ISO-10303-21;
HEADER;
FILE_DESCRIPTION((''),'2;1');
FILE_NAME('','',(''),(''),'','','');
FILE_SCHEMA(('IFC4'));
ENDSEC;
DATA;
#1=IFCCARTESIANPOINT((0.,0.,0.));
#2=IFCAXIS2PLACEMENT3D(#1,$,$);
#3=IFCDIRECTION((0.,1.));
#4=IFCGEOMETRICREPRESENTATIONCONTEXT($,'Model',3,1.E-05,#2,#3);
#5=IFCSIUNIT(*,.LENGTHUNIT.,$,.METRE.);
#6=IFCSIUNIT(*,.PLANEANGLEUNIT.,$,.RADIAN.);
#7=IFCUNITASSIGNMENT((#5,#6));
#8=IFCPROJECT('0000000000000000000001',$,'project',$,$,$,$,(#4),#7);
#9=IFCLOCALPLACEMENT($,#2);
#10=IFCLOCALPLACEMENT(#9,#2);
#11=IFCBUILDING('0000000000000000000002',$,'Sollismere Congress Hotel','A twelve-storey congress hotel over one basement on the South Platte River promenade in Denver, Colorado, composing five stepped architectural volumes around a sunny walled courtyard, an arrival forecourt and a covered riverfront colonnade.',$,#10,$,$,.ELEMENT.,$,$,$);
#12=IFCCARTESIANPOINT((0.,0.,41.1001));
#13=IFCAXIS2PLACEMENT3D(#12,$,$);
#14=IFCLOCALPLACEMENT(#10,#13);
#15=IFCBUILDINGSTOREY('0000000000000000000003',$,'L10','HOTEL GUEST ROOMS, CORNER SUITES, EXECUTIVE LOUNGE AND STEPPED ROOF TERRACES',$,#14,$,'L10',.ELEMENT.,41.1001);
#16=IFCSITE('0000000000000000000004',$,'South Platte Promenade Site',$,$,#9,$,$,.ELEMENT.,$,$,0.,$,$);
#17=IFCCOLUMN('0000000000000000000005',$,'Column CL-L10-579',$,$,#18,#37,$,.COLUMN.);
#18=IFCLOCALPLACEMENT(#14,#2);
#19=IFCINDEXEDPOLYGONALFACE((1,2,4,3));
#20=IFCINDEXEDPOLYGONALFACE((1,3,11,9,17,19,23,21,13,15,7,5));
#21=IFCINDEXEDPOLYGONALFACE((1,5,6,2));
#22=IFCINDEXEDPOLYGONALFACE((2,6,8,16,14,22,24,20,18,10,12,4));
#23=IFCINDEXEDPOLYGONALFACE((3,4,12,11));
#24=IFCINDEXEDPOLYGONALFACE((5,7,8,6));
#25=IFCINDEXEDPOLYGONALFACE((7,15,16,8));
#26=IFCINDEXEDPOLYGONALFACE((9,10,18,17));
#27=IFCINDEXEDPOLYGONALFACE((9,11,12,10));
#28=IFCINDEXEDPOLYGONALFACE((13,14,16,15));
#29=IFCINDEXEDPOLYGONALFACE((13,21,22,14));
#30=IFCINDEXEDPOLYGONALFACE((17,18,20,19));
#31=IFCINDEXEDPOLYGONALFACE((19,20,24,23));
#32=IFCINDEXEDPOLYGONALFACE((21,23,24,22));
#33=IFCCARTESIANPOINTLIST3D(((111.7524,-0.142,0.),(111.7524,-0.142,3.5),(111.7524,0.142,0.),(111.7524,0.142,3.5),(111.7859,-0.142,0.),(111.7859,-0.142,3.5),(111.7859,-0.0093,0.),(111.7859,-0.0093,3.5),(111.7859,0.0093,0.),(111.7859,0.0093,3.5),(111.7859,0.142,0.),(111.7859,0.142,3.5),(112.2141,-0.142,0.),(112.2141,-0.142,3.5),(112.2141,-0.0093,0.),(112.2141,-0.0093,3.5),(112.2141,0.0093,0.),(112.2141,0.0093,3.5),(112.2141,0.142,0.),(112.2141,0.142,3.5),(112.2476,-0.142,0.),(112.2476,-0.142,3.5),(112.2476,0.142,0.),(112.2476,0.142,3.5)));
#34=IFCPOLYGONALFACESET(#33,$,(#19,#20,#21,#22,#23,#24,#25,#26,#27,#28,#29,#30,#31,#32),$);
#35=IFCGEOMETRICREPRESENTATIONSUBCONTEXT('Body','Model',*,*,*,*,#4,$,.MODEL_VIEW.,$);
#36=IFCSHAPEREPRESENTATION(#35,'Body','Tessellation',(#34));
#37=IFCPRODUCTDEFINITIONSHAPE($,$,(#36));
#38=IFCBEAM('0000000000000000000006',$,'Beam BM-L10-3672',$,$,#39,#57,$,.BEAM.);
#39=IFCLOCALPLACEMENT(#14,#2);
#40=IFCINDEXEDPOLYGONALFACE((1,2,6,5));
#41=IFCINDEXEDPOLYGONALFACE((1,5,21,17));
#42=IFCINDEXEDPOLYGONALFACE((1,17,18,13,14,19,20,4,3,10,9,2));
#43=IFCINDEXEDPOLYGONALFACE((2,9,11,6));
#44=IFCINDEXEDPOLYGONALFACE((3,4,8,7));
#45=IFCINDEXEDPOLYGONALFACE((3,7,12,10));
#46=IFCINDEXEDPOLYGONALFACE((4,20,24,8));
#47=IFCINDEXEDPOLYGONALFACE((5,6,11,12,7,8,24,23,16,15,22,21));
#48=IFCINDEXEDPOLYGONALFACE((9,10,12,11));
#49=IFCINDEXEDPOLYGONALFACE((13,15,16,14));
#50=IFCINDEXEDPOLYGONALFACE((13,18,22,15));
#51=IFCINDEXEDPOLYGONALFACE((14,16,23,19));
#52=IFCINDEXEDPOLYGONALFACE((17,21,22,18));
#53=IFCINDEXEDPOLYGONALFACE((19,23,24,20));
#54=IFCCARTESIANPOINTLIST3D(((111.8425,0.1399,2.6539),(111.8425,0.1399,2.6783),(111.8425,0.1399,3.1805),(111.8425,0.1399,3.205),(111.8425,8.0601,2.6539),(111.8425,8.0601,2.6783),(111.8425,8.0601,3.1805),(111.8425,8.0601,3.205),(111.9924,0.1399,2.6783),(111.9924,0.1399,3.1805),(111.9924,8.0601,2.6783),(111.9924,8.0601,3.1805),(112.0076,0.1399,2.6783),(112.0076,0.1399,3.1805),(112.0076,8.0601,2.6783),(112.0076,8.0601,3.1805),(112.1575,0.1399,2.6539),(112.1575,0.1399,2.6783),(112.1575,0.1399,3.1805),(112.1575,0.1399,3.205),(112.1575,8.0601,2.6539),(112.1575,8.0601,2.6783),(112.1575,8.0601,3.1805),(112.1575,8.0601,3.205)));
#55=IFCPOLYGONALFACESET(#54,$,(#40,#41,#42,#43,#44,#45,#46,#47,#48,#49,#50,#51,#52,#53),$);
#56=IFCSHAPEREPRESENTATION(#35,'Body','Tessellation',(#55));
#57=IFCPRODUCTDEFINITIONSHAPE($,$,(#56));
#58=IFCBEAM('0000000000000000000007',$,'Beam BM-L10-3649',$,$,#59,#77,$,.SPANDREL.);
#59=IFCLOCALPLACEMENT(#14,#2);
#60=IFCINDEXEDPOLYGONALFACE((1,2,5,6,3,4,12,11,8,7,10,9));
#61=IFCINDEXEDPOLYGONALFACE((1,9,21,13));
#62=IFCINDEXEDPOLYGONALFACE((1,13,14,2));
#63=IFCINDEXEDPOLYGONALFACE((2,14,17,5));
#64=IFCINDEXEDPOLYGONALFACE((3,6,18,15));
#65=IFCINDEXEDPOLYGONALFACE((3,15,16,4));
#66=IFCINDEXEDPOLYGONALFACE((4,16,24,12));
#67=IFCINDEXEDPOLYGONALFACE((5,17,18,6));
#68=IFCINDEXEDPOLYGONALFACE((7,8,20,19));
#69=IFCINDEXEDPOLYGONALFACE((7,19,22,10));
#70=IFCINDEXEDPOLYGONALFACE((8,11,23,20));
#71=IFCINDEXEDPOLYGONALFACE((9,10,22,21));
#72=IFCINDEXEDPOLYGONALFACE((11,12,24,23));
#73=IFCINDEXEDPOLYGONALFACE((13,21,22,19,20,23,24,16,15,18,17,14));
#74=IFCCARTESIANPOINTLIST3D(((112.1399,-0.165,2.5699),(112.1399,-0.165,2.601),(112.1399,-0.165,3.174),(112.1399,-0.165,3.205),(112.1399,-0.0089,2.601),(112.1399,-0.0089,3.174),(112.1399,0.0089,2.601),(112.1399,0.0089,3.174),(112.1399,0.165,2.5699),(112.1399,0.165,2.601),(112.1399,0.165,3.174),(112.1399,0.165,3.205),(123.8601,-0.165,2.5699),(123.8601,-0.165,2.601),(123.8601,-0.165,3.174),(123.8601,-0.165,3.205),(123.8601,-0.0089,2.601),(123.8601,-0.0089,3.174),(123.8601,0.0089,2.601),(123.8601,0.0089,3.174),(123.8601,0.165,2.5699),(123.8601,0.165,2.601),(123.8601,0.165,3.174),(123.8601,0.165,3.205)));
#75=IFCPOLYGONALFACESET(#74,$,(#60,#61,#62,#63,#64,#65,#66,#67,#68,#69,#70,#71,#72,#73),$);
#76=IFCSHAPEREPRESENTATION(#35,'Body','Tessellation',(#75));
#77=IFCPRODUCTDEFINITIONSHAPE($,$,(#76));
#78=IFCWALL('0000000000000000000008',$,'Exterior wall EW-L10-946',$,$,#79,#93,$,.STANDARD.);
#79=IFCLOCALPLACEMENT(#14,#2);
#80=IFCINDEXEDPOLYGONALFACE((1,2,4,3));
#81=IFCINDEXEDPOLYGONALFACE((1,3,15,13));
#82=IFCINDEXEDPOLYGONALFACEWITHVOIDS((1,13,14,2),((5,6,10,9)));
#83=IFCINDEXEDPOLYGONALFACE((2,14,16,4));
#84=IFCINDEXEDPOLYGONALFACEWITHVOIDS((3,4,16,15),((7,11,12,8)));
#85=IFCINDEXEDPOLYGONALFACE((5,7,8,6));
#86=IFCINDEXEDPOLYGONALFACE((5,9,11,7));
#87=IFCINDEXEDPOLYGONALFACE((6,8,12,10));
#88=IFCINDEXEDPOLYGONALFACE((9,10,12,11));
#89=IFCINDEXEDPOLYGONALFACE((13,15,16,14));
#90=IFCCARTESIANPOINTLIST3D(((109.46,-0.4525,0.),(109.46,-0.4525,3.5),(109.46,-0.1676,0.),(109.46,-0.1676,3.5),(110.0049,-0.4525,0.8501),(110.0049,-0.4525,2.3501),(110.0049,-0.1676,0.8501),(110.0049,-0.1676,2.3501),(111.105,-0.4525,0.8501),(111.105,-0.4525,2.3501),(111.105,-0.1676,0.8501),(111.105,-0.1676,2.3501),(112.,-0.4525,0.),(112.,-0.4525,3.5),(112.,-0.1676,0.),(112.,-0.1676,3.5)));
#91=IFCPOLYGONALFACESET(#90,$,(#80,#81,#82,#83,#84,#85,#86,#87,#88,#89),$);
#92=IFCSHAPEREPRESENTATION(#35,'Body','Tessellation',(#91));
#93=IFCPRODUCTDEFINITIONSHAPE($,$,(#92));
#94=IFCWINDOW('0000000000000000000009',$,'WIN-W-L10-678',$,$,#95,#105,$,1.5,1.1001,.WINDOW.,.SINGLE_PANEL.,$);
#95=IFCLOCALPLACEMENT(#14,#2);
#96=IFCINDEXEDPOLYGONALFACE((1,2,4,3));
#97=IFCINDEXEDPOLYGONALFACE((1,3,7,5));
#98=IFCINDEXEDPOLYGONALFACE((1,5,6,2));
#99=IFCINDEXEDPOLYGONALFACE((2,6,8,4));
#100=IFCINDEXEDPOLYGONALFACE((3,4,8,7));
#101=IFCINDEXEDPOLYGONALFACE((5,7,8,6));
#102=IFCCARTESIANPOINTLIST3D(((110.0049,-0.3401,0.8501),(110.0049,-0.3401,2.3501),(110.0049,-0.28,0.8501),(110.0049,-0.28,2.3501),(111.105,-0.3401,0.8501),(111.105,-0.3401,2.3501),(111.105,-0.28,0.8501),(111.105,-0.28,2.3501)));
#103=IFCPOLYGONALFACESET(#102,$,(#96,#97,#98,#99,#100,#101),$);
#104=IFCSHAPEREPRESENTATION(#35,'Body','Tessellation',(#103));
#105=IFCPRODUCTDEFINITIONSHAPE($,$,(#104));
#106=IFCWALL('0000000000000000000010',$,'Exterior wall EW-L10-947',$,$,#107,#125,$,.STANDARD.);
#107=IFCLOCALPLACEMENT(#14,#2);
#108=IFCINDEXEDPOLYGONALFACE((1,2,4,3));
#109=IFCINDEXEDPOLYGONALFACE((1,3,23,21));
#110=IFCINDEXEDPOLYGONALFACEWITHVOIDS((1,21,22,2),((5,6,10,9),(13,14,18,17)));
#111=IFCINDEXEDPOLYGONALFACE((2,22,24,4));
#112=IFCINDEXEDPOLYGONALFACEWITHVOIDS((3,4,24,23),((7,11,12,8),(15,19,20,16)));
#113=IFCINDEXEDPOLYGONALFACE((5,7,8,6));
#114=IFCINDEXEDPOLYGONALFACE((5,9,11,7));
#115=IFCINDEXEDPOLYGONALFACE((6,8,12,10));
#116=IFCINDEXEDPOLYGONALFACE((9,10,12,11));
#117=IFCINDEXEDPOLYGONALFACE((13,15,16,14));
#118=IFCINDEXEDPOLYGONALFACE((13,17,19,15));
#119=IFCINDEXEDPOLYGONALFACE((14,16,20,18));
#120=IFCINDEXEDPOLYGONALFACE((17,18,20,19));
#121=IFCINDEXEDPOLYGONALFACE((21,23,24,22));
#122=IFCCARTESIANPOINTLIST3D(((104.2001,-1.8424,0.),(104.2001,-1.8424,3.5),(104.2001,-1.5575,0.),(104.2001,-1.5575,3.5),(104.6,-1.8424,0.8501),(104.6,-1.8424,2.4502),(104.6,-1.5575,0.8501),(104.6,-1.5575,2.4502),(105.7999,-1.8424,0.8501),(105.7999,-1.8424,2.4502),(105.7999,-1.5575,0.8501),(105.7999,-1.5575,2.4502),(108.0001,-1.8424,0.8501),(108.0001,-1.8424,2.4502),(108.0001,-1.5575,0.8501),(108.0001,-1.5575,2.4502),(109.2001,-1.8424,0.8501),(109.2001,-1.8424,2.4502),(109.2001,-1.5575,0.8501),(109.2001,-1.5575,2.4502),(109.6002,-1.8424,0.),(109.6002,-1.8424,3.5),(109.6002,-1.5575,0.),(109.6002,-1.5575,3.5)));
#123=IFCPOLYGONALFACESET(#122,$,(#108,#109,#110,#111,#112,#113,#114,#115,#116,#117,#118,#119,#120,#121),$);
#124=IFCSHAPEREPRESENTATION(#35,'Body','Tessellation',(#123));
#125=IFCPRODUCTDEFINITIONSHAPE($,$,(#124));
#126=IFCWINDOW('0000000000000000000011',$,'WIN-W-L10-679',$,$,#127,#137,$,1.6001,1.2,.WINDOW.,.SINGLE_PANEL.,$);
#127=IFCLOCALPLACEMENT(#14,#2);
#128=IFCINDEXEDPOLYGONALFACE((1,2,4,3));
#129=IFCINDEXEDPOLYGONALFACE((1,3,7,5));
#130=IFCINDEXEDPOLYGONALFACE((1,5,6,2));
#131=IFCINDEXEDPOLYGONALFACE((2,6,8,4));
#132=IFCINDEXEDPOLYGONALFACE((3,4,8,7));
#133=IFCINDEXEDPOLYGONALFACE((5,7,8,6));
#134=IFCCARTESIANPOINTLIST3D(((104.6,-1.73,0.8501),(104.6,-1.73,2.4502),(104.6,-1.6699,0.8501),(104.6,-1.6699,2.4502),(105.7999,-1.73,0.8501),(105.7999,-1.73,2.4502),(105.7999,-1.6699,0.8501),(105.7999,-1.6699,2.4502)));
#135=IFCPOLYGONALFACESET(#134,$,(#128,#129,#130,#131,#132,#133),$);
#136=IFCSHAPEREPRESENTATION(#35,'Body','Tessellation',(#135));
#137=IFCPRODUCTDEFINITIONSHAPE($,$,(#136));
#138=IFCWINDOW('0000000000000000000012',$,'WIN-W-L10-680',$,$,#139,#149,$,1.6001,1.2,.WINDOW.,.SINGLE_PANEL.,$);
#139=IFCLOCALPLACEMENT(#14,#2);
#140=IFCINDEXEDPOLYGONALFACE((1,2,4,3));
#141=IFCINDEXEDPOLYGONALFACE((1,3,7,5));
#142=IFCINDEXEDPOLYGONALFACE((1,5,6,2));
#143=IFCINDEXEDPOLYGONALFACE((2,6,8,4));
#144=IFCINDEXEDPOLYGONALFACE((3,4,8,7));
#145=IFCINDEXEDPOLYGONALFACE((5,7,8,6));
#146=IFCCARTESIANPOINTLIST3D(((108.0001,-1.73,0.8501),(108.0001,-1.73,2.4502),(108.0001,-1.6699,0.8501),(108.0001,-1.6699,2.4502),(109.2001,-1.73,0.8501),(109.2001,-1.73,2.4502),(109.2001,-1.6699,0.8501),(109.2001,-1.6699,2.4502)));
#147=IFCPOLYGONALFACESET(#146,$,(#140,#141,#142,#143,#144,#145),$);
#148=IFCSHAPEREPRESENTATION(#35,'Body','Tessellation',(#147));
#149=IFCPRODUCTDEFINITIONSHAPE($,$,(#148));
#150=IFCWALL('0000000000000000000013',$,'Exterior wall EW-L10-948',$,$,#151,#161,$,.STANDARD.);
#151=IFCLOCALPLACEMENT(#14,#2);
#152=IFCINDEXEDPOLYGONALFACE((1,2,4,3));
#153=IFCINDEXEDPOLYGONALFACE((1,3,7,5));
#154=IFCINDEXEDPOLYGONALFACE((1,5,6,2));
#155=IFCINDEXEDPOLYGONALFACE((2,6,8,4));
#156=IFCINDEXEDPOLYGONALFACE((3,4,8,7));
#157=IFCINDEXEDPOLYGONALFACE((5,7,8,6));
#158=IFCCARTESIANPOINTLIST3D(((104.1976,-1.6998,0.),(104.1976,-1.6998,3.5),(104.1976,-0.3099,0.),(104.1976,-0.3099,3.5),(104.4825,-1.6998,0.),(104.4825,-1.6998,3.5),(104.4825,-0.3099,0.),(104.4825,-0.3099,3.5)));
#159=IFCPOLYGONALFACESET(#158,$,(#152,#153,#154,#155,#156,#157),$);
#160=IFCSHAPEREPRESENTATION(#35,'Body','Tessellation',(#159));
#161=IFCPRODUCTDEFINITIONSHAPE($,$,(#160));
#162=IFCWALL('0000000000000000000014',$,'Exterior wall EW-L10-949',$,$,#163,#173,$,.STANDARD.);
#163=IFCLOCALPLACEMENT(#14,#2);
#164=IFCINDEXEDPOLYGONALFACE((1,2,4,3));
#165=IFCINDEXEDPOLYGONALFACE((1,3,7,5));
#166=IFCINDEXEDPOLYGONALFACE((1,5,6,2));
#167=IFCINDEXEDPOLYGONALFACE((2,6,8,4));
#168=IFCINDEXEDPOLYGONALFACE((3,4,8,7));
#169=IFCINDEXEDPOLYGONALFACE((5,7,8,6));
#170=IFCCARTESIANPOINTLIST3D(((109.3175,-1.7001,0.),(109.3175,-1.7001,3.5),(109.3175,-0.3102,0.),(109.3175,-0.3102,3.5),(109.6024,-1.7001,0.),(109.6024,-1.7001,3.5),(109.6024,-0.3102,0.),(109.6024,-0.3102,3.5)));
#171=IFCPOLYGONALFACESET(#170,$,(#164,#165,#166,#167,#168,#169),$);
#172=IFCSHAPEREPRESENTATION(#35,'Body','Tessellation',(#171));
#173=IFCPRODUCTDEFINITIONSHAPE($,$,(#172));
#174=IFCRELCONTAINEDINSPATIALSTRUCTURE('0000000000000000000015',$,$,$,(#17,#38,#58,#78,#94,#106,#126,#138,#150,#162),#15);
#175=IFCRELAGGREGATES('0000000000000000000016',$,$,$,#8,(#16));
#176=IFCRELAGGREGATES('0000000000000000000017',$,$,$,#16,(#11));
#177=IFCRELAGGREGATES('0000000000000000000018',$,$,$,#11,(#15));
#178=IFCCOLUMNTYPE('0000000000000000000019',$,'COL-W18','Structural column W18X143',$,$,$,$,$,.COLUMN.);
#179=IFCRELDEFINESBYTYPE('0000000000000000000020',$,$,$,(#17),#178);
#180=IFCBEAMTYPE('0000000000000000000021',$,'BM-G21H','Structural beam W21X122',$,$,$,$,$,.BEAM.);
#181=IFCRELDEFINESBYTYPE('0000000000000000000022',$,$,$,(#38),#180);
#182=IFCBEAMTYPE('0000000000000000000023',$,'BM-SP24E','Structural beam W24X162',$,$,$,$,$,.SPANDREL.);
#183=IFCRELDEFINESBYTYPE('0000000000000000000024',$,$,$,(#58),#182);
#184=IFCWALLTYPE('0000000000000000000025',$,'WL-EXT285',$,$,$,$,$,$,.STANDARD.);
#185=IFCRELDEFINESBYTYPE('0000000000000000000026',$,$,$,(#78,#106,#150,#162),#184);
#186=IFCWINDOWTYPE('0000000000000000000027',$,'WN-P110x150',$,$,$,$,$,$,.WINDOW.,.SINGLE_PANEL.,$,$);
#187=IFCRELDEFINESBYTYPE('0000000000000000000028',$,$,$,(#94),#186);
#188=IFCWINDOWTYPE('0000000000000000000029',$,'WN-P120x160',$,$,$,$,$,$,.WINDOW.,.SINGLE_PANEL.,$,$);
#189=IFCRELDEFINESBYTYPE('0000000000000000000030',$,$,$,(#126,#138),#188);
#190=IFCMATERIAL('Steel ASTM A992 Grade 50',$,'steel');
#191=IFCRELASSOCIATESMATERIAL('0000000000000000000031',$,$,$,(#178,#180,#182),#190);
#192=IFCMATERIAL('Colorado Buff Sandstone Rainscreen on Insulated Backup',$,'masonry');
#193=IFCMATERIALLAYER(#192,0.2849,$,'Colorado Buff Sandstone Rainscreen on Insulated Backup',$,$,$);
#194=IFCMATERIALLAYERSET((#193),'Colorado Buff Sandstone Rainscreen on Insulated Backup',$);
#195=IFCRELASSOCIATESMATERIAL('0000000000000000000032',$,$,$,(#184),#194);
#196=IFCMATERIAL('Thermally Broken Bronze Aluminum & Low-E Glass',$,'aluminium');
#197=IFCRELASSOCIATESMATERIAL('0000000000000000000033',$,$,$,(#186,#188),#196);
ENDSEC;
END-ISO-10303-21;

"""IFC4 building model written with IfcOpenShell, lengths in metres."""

from ifc_helpers import new_model, si_unit, direction, frame, frame_2d, origin, origin_2d, place, context, subcontext, project, spatial, rectangle, i_section, extrude, material, layer, layer_set, material_profile, profile_set, type_object, element, fill, save


model = new_model("IFC4")

# Units and contexts
model_context = context("Model", 3, precision=1e-05, world=origin(), true_north=direction((0.0, 1.0)))
body_context = subcontext(model_context, "Body", "Model", "MODEL_VIEW")
ifc_project = project(units=[si_unit("LENGTHUNIT", "METRE"), si_unit("PLANEANGLEUNIT", "RADIAN")], contexts=[model_context])

# Site, building, storey
site_placement = place(None, origin())
site = spatial("IfcSite", under=ifc_project, at=site_placement, Name="South Platte Promenade Site", CompositionType="ELEMENT", RefElevation=0.0)
building_placement = place(site_placement, origin())
building = spatial("IfcBuilding", under=site, at=building_placement, Name="Sollismere Congress Hotel", Description="A twelve-storey congress hotel over one basement on the South Platte River promenade in Denver, Colorado, composing five stepped architectural volumes around a sunny walled courtyard, an arrival forecourt and a covered riverfront colonnade.", CompositionType="ELEMENT")
storey_placement = place(building_placement, frame((0.0, 0.0, 41.1001)))
storey = spatial("IfcBuildingStorey", under=building, at=storey_placement, Name="L10", Description="HOTEL GUEST ROOMS, CORNER SUITES, EXECUTIVE LOUNGE AND STEPPED ROOF TERRACES", LongName="L10", CompositionType="ELEMENT", Elevation=41.1001)

# Column
ifc_material_1 = material(Name="Steel ASTM A992 Grade 50", Category="steel")
ifc_material_profile_1 = material_profile(ifc_material_1, i_section(OverallWidth=0.2839, OverallDepth=0.4951, WebThickness=0.0186, FlangeThickness=0.0334, at=origin_2d()), Name="W18X143")
ifc_profile_set_1 = profile_set([ifc_material_profile_1], Name="Steel ASTM A992 Grade 50")
column_type = type_object("IfcColumnType", Name="COL-W18", Description="Structural column W18X143", PredefinedType="COLUMN", material=ifc_profile_set_1)
column_placement = place(storey_placement, frame((112.0, 0.0, 0.0), z_axis=(0.0, 0.0, 1.0), x_axis=(0.0, 1.0, 0.0)))
element("IfcColumn", 1, at=column_placement, inside=storey, type_object=column_type, Name="Column CL-L10-579", PredefinedType="COLUMN", context=body_context, shape_type="SweptSolid", body=[
    extrude(i_section(OverallWidth=0.2839, OverallDepth=0.4951, WebThickness=0.0186, FlangeThickness=0.0334, at=origin_2d()), origin(), (0.0, 0.0, 1.0), 3.5),
])

# Beams
ifc_material_profile_2 = material_profile(ifc_material_1, i_section(OverallWidth=0.3149, OverallDepth=0.551, WebThickness=0.0151, FlangeThickness=0.0244, at=origin_2d()), Name="W21X122")
ifc_profile_set_2 = profile_set([ifc_material_profile_2], Name="Steel ASTM A992 Grade 50")
beam_type_1 = type_object("IfcBeamType", Name="BM-G21H", Description="Structural beam W21X122", PredefinedType="BEAM", material=ifc_profile_set_2)
beam_1_placement = place(storey_placement, frame((112.0, 0.1399, 2.9294), z_axis=(0.0, 1.0, 0.0), x_axis=(-1.0, 0.0, 0.0)))
element("IfcBeam", 2, at=beam_1_placement, inside=storey, type_object=beam_type_1, Name="Beam BM-L10-3672", PredefinedType="BEAM", context=body_context, shape_type="SweptSolid", body=[
    extrude(i_section(OverallWidth=0.3149, OverallDepth=0.551, WebThickness=0.0151, FlangeThickness=0.0244, at=origin_2d()), origin(), (0.0, 0.0, 1.0), 7.9202),
])
ifc_material_profile_3 = material_profile(ifc_material_1, i_section(OverallWidth=0.3301, OverallDepth=0.635, WebThickness=0.0178, FlangeThickness=0.031, at=origin_2d()), Name="W24X162")
ifc_profile_set_3 = profile_set([ifc_material_profile_3], Name="Steel ASTM A992 Grade 50")
beam_type_2 = type_object("IfcBeamType", Name="BM-SP24E", Description="Structural beam W24X162", PredefinedType="SPANDREL", material=ifc_profile_set_3)
beam_2_placement = place(storey_placement, frame((112.1399, 0.0, 2.8875), z_axis=(1.0, 0.0, 0.0), x_axis=(0.0, 1.0, 0.0)))
element("IfcBeam", 3, at=beam_2_placement, inside=storey, type_object=beam_type_2, Name="Beam BM-L10-3649", PredefinedType="SPANDREL", context=body_context, shape_type="SweptSolid", body=[
    extrude(i_section(OverallWidth=0.3301, OverallDepth=0.635, WebThickness=0.0178, FlangeThickness=0.031, at=origin_2d()), origin(), (0.0, 0.0, 1.0), 11.7202),
])

# Wall, opening, window
ifc_material_2 = material(Name="Colorado Buff Sandstone Rainscreen on Insulated Backup", Category="masonry")
ifc_layer_1 = layer(ifc_material_2, 0.2849, Name="Colorado Buff Sandstone Rainscreen on Insulated Backup")
ifc_layer_set_1 = layer_set([ifc_layer_1], Name="Colorado Buff Sandstone Rainscreen on Insulated Backup")
wall_type_1 = type_object("IfcWallType", Name="WL-EXT285", PredefinedType="STANDARD", material=ifc_layer_set_1)
wall_1_placement = place(storey_placement, frame((109.46, -0.3101, 0.0), z_axis=(0.0, 0.0, 1.0), x_axis=(1.0, 0.0, 0.0)))
wall_1 = element("IfcWall", 4, at=wall_1_placement, inside=storey, type_object=wall_type_1, Name="Exterior wall EW-L10-946", PredefinedType="STANDARD", context=body_context, shape_type="SweptSolid", body=[
    extrude(rectangle(XDim=2.54, YDim=0.2849, at=frame_2d((1.27, 0.0))), origin(), (0.0, 0.0, 1.0), 3.5),
])
opening_1_placement = place(wall_1_placement, frame((0.5449, 0.0, 0.8501)))
opening_1 = element("IfcOpeningElement", 5, at=opening_1_placement, cuts=wall_1, PredefinedType="OPENING", context=body_context, shape_type="SweptSolid", body=[
    extrude(rectangle(XDim=1.1001, YDim=1.5, at=frame_2d((0.55, 0.75))), frame((0.0, 0.1523, 0.0), z_axis=(0.0, -1.0, 0.0), x_axis=(1.0, 0.0, 0.0)), (0.0, 0.0, 1.0), 0.3049),
])
ifc_material_3 = material(Name="Thermally Broken Bronze Aluminum & Low-E Glass", Category="aluminium")
window_type_1 = type_object("IfcWindowType", Name="WN-P110x150", PartitioningType="SINGLE_PANEL", PredefinedType="WINDOW", material=ifc_material_3)
window_1_placement = place(opening_1_placement, origin())
window_1 = element("IfcWindow", 6, at=window_1_placement, inside=storey, type_object=window_type_1, Name="WIN-W-L10-678", OverallHeight=1.5, OverallWidth=1.1001, PartitioningType="SINGLE_PANEL", PredefinedType="WINDOW", context=body_context, shape_type="SweptSolid", body=[
    extrude(rectangle(XDim=1.1001, YDim=1.5, at=frame_2d((0.55, 0.75))), frame((0.0, 0.03, 0.0), z_axis=(0.0, -1.0, 0.0), x_axis=(1.0, 0.0, 0.0)), (0.0, 0.0, 1.0), 0.0601),
])
fill(opening_1, window_1)

# Wall, openings, windows
wall_2_placement = place(storey_placement, frame((104.2, -1.7, 0.0), z_axis=(0.0, 0.0, 1.0), x_axis=(1.0, 0.0, 0.0)))
wall_2 = element("IfcWall", 7, at=wall_2_placement, inside=storey, type_object=wall_type_1, Name="Exterior wall EW-L10-947", PredefinedType="STANDARD", context=body_context, shape_type="SweptSolid", body=[
    extrude(rectangle(XDim=5.4001, YDim=0.2849, at=frame_2d((2.7002, 0.0))), origin(), (0.0, 0.0, 1.0), 3.5),
])
opening_2_placement = place(wall_2_placement, frame((0.3999, 0.0, 0.8501)))
opening_2 = element("IfcOpeningElement", 8, at=opening_2_placement, cuts=wall_2, PredefinedType="OPENING", context=body_context, shape_type="SweptSolid", body=[
    extrude(rectangle(XDim=1.2, YDim=1.6001, at=frame_2d((0.6001, 0.8))), frame((0.0, 0.1523, 0.0), z_axis=(0.0, -1.0, 0.0), x_axis=(1.0, 0.0, 0.0)), (0.0, 0.0, 1.0), 0.3049),
])
opening_3_placement = place(wall_2_placement, frame((3.8, 0.0, 0.8501)))
opening_3 = element("IfcOpeningElement", 9, at=opening_3_placement, cuts=wall_2, PredefinedType="OPENING", context=body_context, shape_type="SweptSolid", body=[
    extrude(rectangle(XDim=1.2, YDim=1.6001, at=frame_2d((0.6001, 0.8))), frame((0.0, 0.1523, 0.0), z_axis=(0.0, -1.0, 0.0), x_axis=(1.0, 0.0, 0.0)), (0.0, 0.0, 1.0), 0.3049),
])
window_type_2 = type_object("IfcWindowType", Name="WN-P120x160", PartitioningType="SINGLE_PANEL", PredefinedType="WINDOW", material=ifc_material_3)
window_2_placement = place(opening_2_placement, origin())
window_2 = element("IfcWindow", 10, at=window_2_placement, inside=storey, type_object=window_type_2, Name="WIN-W-L10-679", OverallHeight=1.6001, OverallWidth=1.2, PartitioningType="SINGLE_PANEL", PredefinedType="WINDOW", context=body_context, shape_type="SweptSolid", body=[
    extrude(rectangle(XDim=1.2, YDim=1.6001, at=frame_2d((0.6001, 0.8))), frame((0.0, 0.03, 0.0), z_axis=(0.0, -1.0, 0.0), x_axis=(1.0, 0.0, 0.0)), (0.0, 0.0, 1.0), 0.0601),
])
fill(opening_2, window_2)
window_3_placement = place(opening_3_placement, origin())
window_3 = element("IfcWindow", 11, at=window_3_placement, inside=storey, type_object=window_type_2, Name="WIN-W-L10-680", OverallHeight=1.6001, OverallWidth=1.2, PartitioningType="SINGLE_PANEL", PredefinedType="WINDOW", context=body_context, shape_type="SweptSolid", body=[
    extrude(rectangle(XDim=1.2, YDim=1.6001, at=frame_2d((0.6001, 0.8))), frame((0.0, 0.03, 0.0), z_axis=(0.0, -1.0, 0.0), x_axis=(1.0, 0.0, 0.0)), (0.0, 0.0, 1.0), 0.0601),
])
fill(opening_3, window_3)

# Walls
for number, where, z_axis, x_axis, name in (
    (12, (104.3401, -0.3101, 0.0), (0.0, 0.0, 1.0), (0.0, -1.0, 0.0), "Exterior wall EW-L10-948"),
    (13, (109.46, -1.7, 0.0), (0.0, 0.0, 1.0), (0.0, 1.0, 0.0), "Exterior wall EW-L10-949"),
):
    element("IfcWall", number, at=place(storey_placement, frame(where, z_axis=z_axis, x_axis=x_axis)), inside=storey, type_object=wall_type_1, Name=name, PredefinedType="STANDARD", context=body_context, shape_type="SweptSolid", body=[
        extrude(rectangle(XDim=1.3899, YDim=0.2849, at=frame_2d((0.6948, 0.0))), origin(), (0.0, 0.0, 1.0), 3.5),
    ])

save(model, "model.ifc")
